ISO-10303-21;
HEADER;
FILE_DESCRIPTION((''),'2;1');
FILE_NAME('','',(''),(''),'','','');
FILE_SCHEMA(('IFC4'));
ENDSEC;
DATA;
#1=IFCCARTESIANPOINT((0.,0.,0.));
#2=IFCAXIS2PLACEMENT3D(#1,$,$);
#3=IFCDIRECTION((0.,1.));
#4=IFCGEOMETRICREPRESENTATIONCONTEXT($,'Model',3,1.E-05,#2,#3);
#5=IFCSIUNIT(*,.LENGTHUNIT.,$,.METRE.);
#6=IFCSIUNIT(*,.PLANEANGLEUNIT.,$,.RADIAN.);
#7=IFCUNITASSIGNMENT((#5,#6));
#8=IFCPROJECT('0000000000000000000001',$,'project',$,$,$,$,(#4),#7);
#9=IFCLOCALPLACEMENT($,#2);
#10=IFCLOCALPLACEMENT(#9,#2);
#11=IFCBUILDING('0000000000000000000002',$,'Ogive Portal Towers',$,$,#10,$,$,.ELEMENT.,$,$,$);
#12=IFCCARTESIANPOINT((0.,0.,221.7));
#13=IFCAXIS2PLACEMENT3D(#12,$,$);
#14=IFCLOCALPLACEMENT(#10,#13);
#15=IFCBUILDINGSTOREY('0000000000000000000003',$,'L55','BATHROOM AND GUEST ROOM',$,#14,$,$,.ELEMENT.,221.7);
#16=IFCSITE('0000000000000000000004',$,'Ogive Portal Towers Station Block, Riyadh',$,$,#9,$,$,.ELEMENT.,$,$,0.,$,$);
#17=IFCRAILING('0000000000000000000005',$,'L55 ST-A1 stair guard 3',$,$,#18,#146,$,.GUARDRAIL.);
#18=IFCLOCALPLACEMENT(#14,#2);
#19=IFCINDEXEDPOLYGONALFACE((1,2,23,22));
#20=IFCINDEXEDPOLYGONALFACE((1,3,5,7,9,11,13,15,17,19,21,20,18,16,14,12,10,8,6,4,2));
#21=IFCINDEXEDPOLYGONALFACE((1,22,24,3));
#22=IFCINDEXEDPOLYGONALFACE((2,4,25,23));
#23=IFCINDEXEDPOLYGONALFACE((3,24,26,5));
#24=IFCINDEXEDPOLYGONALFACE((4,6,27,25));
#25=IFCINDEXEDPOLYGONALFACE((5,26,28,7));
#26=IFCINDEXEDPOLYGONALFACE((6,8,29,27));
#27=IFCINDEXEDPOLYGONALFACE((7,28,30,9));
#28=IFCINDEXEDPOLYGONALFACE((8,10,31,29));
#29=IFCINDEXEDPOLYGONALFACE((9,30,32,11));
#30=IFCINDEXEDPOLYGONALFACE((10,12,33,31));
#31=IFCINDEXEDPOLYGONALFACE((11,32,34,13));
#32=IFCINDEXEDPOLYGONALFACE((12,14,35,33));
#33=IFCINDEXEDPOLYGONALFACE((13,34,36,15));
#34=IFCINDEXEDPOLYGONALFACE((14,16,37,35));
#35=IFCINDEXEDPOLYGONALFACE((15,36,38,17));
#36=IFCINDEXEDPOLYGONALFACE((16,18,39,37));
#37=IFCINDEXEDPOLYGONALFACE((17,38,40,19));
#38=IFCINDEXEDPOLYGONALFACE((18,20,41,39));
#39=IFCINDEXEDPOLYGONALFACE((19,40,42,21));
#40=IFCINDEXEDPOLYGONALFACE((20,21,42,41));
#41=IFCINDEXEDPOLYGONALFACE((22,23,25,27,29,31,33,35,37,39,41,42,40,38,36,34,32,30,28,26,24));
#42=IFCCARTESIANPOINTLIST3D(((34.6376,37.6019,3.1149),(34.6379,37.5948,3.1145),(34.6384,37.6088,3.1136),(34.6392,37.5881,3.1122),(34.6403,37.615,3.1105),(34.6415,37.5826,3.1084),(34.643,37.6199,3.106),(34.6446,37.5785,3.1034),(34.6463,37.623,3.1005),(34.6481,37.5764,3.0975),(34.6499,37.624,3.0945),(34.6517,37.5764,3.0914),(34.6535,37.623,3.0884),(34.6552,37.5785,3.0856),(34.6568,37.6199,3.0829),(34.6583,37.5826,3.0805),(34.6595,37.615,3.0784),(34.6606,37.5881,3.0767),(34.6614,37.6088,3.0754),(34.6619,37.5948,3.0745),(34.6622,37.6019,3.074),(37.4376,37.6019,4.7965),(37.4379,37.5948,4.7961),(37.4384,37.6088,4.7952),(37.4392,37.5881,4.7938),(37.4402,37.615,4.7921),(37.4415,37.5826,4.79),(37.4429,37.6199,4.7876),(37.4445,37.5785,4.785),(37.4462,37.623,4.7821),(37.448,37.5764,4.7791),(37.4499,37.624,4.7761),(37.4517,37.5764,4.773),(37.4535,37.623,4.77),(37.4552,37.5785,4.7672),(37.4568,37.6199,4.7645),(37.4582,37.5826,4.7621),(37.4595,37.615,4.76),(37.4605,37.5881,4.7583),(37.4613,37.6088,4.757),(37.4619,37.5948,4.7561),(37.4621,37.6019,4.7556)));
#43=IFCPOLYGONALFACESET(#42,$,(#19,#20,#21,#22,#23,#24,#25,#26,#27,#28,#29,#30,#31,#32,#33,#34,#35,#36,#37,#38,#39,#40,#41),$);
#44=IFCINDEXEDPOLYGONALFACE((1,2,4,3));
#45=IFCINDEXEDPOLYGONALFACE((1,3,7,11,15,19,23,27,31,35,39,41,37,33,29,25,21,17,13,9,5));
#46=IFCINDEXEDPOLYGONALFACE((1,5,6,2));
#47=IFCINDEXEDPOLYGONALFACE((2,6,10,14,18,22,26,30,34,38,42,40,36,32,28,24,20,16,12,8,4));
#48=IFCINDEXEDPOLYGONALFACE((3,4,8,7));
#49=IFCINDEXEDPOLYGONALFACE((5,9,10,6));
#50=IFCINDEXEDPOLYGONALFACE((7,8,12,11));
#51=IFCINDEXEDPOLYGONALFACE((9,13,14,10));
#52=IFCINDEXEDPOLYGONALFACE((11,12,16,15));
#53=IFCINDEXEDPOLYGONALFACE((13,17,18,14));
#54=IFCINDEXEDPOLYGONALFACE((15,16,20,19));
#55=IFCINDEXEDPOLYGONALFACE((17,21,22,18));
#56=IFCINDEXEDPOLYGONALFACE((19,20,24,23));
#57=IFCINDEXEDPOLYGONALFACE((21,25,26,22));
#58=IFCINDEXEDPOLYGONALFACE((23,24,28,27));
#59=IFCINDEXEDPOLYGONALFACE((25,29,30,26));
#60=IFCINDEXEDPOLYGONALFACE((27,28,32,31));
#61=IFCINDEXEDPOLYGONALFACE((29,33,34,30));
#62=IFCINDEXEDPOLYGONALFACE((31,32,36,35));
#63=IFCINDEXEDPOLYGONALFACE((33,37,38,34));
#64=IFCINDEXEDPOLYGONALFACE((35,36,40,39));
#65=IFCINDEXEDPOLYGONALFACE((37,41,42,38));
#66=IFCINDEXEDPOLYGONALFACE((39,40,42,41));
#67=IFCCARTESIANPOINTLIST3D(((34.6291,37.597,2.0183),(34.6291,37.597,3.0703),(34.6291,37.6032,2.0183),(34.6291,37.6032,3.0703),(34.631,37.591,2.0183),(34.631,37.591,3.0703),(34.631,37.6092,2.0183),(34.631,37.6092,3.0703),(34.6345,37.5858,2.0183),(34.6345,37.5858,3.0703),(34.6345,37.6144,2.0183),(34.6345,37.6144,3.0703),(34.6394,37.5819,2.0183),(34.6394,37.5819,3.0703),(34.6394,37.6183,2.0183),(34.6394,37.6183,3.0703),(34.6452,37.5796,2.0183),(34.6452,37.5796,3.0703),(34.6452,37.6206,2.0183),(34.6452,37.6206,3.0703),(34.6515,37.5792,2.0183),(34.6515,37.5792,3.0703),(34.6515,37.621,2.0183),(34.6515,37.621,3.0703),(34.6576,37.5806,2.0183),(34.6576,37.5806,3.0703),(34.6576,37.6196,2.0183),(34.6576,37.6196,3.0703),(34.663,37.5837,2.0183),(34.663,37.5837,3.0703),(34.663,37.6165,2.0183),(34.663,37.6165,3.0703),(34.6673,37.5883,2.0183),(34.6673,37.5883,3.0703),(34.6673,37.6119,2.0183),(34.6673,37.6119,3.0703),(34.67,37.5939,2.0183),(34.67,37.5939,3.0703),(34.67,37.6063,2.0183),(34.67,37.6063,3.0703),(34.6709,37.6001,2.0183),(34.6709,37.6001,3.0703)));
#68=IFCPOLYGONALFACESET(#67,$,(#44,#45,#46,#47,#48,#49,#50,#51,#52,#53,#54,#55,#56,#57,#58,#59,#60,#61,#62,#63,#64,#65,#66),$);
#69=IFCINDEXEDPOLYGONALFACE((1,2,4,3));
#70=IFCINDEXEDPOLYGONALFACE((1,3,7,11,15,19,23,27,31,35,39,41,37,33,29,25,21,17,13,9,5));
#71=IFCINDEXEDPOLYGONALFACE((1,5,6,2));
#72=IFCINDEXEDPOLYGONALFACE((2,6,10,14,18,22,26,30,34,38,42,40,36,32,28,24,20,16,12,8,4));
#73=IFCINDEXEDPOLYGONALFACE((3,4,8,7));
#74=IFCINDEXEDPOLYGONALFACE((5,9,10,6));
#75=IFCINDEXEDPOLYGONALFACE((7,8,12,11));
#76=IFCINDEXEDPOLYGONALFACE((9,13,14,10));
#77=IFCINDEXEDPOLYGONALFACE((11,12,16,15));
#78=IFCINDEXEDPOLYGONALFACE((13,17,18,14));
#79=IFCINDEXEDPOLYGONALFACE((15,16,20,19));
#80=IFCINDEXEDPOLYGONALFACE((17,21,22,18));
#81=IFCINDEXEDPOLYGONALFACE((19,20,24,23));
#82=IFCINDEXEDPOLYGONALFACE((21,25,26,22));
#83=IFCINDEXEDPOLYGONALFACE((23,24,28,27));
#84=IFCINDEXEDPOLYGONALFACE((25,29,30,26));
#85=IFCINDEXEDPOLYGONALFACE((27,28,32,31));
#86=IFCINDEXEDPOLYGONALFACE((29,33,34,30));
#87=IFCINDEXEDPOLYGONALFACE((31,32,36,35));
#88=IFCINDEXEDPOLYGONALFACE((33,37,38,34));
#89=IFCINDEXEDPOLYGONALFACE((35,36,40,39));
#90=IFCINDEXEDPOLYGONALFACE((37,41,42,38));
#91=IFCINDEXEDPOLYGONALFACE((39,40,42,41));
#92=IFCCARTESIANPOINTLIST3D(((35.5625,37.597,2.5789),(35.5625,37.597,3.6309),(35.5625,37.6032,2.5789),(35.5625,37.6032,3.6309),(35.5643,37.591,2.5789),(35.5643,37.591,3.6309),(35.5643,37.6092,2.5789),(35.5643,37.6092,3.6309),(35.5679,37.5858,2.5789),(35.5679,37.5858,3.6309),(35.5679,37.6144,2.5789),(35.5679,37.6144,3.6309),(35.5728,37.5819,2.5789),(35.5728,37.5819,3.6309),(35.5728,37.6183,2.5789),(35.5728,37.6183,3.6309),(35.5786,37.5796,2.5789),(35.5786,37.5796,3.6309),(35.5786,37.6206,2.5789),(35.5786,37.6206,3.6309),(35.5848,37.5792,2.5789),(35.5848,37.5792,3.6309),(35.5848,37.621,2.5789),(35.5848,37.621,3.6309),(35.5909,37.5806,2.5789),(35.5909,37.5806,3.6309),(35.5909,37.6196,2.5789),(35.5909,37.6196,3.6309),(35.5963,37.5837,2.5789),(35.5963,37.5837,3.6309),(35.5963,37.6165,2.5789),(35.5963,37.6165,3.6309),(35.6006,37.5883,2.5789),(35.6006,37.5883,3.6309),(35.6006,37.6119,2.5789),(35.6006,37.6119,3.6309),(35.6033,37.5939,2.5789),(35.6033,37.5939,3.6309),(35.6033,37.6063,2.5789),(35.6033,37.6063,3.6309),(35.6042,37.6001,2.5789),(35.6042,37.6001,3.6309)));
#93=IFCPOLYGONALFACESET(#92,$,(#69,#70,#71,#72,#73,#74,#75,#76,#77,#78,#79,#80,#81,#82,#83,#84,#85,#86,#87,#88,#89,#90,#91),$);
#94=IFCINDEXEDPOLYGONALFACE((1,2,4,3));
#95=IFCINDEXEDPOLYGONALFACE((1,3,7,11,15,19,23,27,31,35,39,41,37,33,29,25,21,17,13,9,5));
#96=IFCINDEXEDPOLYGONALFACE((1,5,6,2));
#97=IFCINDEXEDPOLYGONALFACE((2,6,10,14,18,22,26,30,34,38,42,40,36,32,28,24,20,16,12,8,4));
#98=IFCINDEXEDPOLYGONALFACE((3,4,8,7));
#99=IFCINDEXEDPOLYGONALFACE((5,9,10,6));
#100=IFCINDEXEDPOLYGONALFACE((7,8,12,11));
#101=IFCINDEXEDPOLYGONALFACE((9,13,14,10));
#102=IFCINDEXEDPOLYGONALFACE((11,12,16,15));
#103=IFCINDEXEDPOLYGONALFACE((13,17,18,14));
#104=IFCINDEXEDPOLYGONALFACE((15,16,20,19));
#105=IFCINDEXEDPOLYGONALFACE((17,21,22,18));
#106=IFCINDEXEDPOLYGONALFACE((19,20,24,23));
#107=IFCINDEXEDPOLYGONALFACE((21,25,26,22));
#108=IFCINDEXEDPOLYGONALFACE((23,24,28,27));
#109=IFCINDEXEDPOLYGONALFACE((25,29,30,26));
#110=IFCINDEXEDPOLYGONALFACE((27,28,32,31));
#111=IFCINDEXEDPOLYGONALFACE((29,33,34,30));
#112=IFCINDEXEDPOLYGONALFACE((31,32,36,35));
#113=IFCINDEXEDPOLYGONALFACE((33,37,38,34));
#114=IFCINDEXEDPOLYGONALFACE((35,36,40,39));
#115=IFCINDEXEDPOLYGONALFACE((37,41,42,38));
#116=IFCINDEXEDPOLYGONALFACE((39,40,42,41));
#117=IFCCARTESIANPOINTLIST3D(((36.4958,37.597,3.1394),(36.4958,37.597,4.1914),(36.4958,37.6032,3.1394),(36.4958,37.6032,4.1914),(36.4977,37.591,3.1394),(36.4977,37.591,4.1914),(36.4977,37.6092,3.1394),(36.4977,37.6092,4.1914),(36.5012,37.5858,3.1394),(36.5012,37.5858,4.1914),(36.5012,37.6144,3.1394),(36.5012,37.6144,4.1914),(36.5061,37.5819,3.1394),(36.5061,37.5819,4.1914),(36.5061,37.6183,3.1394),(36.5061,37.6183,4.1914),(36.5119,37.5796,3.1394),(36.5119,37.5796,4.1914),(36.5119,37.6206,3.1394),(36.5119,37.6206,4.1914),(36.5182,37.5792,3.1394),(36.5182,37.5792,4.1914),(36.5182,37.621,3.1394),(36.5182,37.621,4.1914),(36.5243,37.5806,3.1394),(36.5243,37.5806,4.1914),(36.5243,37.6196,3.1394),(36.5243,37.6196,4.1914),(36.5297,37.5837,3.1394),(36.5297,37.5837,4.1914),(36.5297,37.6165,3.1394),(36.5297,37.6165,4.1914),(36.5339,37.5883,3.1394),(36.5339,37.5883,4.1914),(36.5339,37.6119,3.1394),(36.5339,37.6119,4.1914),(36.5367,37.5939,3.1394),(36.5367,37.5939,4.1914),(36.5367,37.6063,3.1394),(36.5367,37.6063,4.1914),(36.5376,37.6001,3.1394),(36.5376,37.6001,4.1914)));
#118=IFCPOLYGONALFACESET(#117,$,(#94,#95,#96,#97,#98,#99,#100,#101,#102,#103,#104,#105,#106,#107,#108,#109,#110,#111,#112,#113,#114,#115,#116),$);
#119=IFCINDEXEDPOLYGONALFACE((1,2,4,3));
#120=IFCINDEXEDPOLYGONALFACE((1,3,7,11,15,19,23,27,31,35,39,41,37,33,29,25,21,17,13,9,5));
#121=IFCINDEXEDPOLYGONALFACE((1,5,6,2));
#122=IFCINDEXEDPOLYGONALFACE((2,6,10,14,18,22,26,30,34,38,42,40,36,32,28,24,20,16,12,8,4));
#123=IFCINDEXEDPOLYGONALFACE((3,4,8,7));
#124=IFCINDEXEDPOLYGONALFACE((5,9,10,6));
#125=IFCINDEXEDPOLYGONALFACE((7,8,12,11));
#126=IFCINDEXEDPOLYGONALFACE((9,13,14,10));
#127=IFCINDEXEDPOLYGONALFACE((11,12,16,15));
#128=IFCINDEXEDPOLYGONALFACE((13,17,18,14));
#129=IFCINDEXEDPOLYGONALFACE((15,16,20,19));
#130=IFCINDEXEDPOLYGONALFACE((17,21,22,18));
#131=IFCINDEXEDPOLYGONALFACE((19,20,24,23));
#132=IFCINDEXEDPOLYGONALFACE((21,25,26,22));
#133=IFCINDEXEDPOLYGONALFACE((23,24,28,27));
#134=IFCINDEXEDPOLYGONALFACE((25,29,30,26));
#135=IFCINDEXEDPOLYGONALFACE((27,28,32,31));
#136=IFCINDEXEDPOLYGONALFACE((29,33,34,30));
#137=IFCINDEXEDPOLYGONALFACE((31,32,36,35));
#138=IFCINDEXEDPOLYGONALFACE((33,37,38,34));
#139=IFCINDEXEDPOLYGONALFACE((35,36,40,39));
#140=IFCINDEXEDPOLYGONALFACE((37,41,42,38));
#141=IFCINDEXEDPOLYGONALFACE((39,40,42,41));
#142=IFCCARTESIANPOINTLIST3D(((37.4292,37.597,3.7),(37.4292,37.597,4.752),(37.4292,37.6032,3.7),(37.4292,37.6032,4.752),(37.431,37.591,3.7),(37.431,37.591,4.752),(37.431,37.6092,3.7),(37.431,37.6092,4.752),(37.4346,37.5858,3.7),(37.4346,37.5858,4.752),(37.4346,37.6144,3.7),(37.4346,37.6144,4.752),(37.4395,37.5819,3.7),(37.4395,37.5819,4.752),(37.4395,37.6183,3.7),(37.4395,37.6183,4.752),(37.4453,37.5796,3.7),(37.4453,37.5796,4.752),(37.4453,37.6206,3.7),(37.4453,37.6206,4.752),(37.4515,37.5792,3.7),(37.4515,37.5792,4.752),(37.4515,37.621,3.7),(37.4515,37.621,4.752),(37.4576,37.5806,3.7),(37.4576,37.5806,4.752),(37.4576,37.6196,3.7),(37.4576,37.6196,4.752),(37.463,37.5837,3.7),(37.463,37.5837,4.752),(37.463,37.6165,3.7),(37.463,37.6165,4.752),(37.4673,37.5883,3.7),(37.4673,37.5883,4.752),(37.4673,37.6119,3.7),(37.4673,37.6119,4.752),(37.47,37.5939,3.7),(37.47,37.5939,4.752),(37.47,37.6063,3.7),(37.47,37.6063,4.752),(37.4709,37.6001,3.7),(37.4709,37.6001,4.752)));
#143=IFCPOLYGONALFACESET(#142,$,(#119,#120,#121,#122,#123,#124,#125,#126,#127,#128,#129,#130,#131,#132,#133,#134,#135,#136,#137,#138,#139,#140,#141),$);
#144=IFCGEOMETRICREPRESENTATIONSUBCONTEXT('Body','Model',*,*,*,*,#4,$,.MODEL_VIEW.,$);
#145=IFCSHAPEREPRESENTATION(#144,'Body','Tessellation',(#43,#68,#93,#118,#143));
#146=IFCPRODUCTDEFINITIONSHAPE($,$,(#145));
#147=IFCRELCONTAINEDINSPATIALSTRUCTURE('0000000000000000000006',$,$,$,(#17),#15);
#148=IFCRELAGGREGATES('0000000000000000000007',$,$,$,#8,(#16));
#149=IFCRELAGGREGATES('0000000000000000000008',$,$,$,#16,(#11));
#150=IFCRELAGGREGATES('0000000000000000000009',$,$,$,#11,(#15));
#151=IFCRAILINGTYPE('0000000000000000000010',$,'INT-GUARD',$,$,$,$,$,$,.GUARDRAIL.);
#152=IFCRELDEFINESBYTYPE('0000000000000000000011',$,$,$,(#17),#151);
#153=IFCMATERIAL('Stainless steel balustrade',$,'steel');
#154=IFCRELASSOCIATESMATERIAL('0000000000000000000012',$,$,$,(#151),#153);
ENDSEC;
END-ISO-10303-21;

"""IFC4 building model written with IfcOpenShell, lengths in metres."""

from ifc_helpers import new_model, si_unit, direction, frame, origin, origin_2d, place, context, subcontext, project, spatial, circle, extrude, material, type_object, element, save


model = new_model("IFC4")

# Units and contexts
model_context = context("Model", 3, precision=1e-05, world=origin(), true_north=direction((0.0, 1.0)))
body_context = subcontext(model_context, "Body", "Model", "MODEL_VIEW")
ifc_project = project(units=[si_unit("LENGTHUNIT", "METRE"), si_unit("PLANEANGLEUNIT", "RADIAN")], contexts=[model_context])

# Site, building, storey
site_placement = place(None, origin())
site = spatial("IfcSite", under=ifc_project, at=site_placement, Name="Ogive Portal Towers Station Block, Riyadh", CompositionType="ELEMENT", RefElevation=0.0)
building_placement = place(site_placement, origin())
building = spatial("IfcBuilding", under=site, at=building_placement, Name="Ogive Portal Towers", CompositionType="ELEMENT")
storey_placement = place(building_placement, frame((0.0, 0.0, 221.7)))
storey = spatial("IfcBuildingStorey", under=building, at=storey_placement, Name="L55", Description="BATHROOM AND GUEST ROOM", CompositionType="ELEMENT", Elevation=221.7)

# Railing
ifc_material_1 = material(Name="Stainless steel balustrade", Category="steel")
railing_type_1 = type_object("IfcRailingType", Name="INT-GUARD", PredefinedType="GUARDRAIL", material=ifc_material_1)
railing_1_placement = place(storey_placement, frame((34.6499, 37.6001, 2.0183)))
element("IfcRailing", 1, at=railing_1_placement, inside=storey, type_object=railing_type_1, Name="L55 ST-A1 stair guard 3", PredefinedType="GUARDRAIL", context=body_context, shape_type="SweptSolid", body=[
    extrude(circle(Radius=0.0239, at=origin_2d()), frame((0.0, 0.0, 1.0762), z_axis=(0.857275, 0.0, 0.514858), x_axis=(0.0, 1.0, 0.0)), (0.0, 0.0, 1.0), 3.2661),
    extrude(circle(Radius=0.021, at=origin_2d()), origin(), (0.0, 0.0, 1.0), 1.052),
    extrude(circle(Radius=0.021, at=origin_2d()), frame((0.9333, 0.0, 0.5605)), (0.0, 0.0, 1.0), 1.052),
    extrude(circle(Radius=0.021, at=origin_2d()), frame((1.8667, 0.0, 1.1211)), (0.0, 0.0, 1.0), 1.052),
    extrude(circle(Radius=0.021, at=origin_2d()), frame((2.8, 0.0, 1.6816)), (0.0, 0.0, 1.0), 1.052),
])

save(model, "model.ifc")
